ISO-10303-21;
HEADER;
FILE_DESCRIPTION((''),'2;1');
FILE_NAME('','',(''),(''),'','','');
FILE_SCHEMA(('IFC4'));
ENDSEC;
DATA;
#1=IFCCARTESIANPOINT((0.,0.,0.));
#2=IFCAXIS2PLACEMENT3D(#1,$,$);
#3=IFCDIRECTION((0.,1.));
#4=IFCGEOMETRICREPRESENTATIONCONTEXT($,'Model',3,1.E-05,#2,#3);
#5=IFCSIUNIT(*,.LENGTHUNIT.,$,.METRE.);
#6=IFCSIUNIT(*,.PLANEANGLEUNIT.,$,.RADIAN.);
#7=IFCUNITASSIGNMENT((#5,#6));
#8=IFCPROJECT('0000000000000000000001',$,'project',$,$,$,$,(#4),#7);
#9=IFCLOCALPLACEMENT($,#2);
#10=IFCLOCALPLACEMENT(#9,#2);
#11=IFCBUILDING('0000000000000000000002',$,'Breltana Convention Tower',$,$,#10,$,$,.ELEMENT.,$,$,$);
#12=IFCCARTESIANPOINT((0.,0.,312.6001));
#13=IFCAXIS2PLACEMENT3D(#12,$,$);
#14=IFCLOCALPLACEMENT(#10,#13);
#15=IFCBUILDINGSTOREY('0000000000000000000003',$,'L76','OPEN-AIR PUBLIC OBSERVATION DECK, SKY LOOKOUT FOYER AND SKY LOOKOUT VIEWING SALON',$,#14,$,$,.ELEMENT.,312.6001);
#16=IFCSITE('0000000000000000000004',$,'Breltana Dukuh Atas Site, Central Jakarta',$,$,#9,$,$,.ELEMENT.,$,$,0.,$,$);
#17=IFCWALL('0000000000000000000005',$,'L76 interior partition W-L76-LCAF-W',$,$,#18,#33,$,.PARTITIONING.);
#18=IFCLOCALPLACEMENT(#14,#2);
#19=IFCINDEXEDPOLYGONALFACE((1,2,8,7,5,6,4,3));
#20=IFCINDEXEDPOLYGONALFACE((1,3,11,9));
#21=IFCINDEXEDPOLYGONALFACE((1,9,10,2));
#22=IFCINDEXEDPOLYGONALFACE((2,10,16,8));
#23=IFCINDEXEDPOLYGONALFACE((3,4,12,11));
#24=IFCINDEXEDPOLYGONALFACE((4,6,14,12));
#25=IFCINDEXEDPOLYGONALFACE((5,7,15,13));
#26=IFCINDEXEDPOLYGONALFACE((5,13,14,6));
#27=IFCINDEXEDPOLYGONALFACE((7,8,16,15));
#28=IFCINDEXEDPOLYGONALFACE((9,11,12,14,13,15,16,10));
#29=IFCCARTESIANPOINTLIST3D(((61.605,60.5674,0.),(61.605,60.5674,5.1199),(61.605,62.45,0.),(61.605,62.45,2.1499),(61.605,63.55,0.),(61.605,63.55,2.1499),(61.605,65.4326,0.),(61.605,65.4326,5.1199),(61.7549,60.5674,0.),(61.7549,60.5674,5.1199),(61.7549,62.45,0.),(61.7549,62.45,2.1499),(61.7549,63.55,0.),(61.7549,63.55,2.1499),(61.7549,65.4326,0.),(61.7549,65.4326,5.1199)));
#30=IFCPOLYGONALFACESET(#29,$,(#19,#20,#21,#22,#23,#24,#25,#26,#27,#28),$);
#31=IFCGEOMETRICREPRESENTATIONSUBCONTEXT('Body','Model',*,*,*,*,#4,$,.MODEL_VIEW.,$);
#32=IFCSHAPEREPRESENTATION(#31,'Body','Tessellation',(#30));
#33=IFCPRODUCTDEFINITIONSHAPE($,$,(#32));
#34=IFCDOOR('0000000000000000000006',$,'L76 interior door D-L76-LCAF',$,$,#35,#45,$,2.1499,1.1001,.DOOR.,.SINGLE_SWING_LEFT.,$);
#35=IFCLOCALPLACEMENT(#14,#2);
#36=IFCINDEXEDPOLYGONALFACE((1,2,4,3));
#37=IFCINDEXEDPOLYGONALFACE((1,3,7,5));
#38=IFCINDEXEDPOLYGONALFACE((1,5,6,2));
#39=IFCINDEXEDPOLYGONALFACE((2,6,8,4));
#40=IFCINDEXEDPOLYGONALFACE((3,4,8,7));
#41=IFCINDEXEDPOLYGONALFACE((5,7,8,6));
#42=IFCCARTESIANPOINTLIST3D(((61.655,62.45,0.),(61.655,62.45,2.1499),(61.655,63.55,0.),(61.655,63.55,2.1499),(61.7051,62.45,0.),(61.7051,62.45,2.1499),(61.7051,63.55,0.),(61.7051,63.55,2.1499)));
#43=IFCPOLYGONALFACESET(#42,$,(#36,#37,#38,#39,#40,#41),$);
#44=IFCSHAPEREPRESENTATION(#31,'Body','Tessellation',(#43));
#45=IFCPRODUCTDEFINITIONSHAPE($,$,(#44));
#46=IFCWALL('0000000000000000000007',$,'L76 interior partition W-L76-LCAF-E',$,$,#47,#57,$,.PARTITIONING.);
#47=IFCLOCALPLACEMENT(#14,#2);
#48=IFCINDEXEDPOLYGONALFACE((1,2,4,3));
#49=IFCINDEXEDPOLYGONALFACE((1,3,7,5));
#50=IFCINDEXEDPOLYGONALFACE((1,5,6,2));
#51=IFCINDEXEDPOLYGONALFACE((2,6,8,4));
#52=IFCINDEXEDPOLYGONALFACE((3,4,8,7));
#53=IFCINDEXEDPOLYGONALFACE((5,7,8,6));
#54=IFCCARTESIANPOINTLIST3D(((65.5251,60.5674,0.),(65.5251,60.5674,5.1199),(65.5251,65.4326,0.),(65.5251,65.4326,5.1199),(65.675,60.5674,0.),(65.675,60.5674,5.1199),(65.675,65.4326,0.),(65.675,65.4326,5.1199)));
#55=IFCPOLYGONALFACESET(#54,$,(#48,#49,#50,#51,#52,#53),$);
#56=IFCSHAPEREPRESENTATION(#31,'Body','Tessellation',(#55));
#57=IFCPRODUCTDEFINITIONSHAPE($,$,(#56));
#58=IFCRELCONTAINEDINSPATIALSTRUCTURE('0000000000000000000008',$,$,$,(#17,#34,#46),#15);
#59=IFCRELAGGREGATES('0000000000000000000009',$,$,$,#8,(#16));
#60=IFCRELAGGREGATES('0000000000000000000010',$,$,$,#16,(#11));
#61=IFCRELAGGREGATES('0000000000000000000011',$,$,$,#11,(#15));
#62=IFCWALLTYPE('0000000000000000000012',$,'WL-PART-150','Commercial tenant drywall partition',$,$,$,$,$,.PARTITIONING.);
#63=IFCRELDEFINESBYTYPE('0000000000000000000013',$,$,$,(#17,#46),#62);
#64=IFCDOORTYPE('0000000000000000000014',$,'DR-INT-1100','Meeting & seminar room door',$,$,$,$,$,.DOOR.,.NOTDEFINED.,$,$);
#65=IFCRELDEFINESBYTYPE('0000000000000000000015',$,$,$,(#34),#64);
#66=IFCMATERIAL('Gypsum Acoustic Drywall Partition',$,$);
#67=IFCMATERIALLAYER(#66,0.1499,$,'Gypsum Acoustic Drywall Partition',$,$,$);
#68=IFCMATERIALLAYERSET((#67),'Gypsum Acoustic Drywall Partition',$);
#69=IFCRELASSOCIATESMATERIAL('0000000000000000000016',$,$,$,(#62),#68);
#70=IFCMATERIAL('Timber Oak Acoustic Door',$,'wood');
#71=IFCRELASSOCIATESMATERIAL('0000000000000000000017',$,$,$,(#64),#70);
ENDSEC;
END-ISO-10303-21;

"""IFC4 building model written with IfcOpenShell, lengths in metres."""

from ifc_helpers import new_model, si_unit, direction, frame, frame_2d, origin, place, context, subcontext, project, spatial, rectangle, extrude, source, transform, mapped, material, layer, layer_set, type_object, type_shapes, element, fill, save


model = new_model("IFC4")

# Units and contexts
model_context = context("Model", 3, precision=1e-05, world=origin(), true_north=direction((0.0, 1.0)))
body_context = subcontext(model_context, "Body", "Model", "MODEL_VIEW")
ifc_project = project(units=[si_unit("LENGTHUNIT", "METRE"), si_unit("PLANEANGLEUNIT", "RADIAN")], contexts=[model_context])

# Site, building, storey
site_placement = place(None, origin())
site = spatial("IfcSite", under=ifc_project, at=site_placement, Name="Breltana Dukuh Atas Site, Central Jakarta", CompositionType="ELEMENT", RefElevation=0.0)
building_placement = place(site_placement, origin())
building = spatial("IfcBuilding", under=site, at=building_placement, Name="Breltana Convention Tower", CompositionType="ELEMENT")
storey_placement = place(building_placement, frame((0.0, 0.0, 312.6001)))
storey = spatial("IfcBuildingStorey", under=building, at=storey_placement, Name="L76", Description="OPEN-AIR PUBLIC OBSERVATION DECK, SKY LOOKOUT FOYER AND SKY LOOKOUT VIEWING SALON", CompositionType="ELEMENT", Elevation=312.6001)

# Shared definitions
ifc_material_1 = material(Name="Gypsum Acoustic Drywall Partition")
ifc_layer_1 = layer(ifc_material_1, 0.1499, Name="Gypsum Acoustic Drywall Partition")
ifc_layer_set_1 = layer_set([ifc_layer_1], Name="Gypsum Acoustic Drywall Partition")
wall_type_1 = type_object("IfcWallType", Name="WL-PART-150", Description="Commercial tenant drywall partition", PredefinedType="PARTITIONING", material=ifc_layer_set_1)

# Wall, opening, door
shared_shape_1 = source(origin(), body_context, "Body", "SweptSolid", [
    extrude(rectangle(XDim=4.8652, YDim=0.1499, at=frame_2d((2.4326, 0.0))), origin(), (0.0, 0.0, 1.0), 5.1199),
])
wall_1_placement = place(storey_placement, frame((61.6799, 60.5674, 0.0), z_axis=(0.0, 0.0, 1.0), x_axis=(0.0, 1.0, 0.0)))
wall_1 = element("IfcWall", 1, at=wall_1_placement, inside=storey, type_object=wall_type_1, Name="L76 interior partition W-L76-LCAF-W", PredefinedType="PARTITIONING", context=body_context, shape_type="MappedRepresentation", body=[
    mapped(shared_shape_1, transform((0.0, 0.0, 0.0), scale=1.0)),
])
opening_1_placement = place(wall_1_placement, frame((1.8826, 0.0, 0.0)))
opening_1 = element("IfcOpeningElement", 2, at=opening_1_placement, cuts=wall_1, PredefinedType="OPENING", context=body_context, shape_type="SweptSolid", body=[
    extrude(rectangle(XDim=1.1001, YDim=2.1499, at=frame_2d((0.55, 1.075))), frame((0.0, 0.085, 0.0), z_axis=(0.0, -1.0, 0.0), x_axis=(1.0, 0.0, 0.0)), (0.0, 0.0, 1.0), 0.1699),
])
ifc_material_2 = material(Name="Timber Oak Acoustic Door", Category="wood")
door_type_1 = type_object("IfcDoorType", Name="DR-INT-1100", Description="Meeting & seminar room door", OperationType="NOTDEFINED", PredefinedType="DOOR", material=ifc_material_2)
shared_shape_2 = source(origin(), body_context, "Body", "SweptSolid", [
    extrude(rectangle(XDim=1.1001, YDim=2.1499, at=frame_2d((0.55, 1.075))), frame((0.0, 0.0249, 0.0), z_axis=(0.0, -1.0, 0.0), x_axis=(1.0, 0.0, 0.0)), (0.0, 0.0, 1.0), 0.05),
])
type_shapes(door_type_1, [shared_shape_2])
door_1_placement = place(opening_1_placement, origin())
door_1 = element("IfcDoor", 3, at=door_1_placement, inside=storey, type_object=door_type_1, Name="L76 interior door D-L76-LCAF", OperationType="SINGLE_SWING_LEFT", OverallHeight=2.1499, OverallWidth=1.1001, PredefinedType="DOOR", context=body_context, shape_type="MappedRepresentation", body=[
    mapped(shared_shape_2, transform((0.0, 0.0, 0.0), scale=1.0)),
])
fill(opening_1, door_1)

# Wall
wall_2_placement = place(storey_placement, frame((65.6001, 60.5674, 0.0), z_axis=(0.0, 0.0, 1.0), x_axis=(0.0, 1.0, 0.0)))
element("IfcWall", 4, at=wall_2_placement, inside=storey, type_object=wall_type_1, Name="L76 interior partition W-L76-LCAF-E", PredefinedType="PARTITIONING", context=body_context, shape_type="MappedRepresentation", body=[
    mapped(shared_shape_1, transform((0.0, 0.0, 0.0), scale=1.0)),
])

save(model, "model.ifc")
